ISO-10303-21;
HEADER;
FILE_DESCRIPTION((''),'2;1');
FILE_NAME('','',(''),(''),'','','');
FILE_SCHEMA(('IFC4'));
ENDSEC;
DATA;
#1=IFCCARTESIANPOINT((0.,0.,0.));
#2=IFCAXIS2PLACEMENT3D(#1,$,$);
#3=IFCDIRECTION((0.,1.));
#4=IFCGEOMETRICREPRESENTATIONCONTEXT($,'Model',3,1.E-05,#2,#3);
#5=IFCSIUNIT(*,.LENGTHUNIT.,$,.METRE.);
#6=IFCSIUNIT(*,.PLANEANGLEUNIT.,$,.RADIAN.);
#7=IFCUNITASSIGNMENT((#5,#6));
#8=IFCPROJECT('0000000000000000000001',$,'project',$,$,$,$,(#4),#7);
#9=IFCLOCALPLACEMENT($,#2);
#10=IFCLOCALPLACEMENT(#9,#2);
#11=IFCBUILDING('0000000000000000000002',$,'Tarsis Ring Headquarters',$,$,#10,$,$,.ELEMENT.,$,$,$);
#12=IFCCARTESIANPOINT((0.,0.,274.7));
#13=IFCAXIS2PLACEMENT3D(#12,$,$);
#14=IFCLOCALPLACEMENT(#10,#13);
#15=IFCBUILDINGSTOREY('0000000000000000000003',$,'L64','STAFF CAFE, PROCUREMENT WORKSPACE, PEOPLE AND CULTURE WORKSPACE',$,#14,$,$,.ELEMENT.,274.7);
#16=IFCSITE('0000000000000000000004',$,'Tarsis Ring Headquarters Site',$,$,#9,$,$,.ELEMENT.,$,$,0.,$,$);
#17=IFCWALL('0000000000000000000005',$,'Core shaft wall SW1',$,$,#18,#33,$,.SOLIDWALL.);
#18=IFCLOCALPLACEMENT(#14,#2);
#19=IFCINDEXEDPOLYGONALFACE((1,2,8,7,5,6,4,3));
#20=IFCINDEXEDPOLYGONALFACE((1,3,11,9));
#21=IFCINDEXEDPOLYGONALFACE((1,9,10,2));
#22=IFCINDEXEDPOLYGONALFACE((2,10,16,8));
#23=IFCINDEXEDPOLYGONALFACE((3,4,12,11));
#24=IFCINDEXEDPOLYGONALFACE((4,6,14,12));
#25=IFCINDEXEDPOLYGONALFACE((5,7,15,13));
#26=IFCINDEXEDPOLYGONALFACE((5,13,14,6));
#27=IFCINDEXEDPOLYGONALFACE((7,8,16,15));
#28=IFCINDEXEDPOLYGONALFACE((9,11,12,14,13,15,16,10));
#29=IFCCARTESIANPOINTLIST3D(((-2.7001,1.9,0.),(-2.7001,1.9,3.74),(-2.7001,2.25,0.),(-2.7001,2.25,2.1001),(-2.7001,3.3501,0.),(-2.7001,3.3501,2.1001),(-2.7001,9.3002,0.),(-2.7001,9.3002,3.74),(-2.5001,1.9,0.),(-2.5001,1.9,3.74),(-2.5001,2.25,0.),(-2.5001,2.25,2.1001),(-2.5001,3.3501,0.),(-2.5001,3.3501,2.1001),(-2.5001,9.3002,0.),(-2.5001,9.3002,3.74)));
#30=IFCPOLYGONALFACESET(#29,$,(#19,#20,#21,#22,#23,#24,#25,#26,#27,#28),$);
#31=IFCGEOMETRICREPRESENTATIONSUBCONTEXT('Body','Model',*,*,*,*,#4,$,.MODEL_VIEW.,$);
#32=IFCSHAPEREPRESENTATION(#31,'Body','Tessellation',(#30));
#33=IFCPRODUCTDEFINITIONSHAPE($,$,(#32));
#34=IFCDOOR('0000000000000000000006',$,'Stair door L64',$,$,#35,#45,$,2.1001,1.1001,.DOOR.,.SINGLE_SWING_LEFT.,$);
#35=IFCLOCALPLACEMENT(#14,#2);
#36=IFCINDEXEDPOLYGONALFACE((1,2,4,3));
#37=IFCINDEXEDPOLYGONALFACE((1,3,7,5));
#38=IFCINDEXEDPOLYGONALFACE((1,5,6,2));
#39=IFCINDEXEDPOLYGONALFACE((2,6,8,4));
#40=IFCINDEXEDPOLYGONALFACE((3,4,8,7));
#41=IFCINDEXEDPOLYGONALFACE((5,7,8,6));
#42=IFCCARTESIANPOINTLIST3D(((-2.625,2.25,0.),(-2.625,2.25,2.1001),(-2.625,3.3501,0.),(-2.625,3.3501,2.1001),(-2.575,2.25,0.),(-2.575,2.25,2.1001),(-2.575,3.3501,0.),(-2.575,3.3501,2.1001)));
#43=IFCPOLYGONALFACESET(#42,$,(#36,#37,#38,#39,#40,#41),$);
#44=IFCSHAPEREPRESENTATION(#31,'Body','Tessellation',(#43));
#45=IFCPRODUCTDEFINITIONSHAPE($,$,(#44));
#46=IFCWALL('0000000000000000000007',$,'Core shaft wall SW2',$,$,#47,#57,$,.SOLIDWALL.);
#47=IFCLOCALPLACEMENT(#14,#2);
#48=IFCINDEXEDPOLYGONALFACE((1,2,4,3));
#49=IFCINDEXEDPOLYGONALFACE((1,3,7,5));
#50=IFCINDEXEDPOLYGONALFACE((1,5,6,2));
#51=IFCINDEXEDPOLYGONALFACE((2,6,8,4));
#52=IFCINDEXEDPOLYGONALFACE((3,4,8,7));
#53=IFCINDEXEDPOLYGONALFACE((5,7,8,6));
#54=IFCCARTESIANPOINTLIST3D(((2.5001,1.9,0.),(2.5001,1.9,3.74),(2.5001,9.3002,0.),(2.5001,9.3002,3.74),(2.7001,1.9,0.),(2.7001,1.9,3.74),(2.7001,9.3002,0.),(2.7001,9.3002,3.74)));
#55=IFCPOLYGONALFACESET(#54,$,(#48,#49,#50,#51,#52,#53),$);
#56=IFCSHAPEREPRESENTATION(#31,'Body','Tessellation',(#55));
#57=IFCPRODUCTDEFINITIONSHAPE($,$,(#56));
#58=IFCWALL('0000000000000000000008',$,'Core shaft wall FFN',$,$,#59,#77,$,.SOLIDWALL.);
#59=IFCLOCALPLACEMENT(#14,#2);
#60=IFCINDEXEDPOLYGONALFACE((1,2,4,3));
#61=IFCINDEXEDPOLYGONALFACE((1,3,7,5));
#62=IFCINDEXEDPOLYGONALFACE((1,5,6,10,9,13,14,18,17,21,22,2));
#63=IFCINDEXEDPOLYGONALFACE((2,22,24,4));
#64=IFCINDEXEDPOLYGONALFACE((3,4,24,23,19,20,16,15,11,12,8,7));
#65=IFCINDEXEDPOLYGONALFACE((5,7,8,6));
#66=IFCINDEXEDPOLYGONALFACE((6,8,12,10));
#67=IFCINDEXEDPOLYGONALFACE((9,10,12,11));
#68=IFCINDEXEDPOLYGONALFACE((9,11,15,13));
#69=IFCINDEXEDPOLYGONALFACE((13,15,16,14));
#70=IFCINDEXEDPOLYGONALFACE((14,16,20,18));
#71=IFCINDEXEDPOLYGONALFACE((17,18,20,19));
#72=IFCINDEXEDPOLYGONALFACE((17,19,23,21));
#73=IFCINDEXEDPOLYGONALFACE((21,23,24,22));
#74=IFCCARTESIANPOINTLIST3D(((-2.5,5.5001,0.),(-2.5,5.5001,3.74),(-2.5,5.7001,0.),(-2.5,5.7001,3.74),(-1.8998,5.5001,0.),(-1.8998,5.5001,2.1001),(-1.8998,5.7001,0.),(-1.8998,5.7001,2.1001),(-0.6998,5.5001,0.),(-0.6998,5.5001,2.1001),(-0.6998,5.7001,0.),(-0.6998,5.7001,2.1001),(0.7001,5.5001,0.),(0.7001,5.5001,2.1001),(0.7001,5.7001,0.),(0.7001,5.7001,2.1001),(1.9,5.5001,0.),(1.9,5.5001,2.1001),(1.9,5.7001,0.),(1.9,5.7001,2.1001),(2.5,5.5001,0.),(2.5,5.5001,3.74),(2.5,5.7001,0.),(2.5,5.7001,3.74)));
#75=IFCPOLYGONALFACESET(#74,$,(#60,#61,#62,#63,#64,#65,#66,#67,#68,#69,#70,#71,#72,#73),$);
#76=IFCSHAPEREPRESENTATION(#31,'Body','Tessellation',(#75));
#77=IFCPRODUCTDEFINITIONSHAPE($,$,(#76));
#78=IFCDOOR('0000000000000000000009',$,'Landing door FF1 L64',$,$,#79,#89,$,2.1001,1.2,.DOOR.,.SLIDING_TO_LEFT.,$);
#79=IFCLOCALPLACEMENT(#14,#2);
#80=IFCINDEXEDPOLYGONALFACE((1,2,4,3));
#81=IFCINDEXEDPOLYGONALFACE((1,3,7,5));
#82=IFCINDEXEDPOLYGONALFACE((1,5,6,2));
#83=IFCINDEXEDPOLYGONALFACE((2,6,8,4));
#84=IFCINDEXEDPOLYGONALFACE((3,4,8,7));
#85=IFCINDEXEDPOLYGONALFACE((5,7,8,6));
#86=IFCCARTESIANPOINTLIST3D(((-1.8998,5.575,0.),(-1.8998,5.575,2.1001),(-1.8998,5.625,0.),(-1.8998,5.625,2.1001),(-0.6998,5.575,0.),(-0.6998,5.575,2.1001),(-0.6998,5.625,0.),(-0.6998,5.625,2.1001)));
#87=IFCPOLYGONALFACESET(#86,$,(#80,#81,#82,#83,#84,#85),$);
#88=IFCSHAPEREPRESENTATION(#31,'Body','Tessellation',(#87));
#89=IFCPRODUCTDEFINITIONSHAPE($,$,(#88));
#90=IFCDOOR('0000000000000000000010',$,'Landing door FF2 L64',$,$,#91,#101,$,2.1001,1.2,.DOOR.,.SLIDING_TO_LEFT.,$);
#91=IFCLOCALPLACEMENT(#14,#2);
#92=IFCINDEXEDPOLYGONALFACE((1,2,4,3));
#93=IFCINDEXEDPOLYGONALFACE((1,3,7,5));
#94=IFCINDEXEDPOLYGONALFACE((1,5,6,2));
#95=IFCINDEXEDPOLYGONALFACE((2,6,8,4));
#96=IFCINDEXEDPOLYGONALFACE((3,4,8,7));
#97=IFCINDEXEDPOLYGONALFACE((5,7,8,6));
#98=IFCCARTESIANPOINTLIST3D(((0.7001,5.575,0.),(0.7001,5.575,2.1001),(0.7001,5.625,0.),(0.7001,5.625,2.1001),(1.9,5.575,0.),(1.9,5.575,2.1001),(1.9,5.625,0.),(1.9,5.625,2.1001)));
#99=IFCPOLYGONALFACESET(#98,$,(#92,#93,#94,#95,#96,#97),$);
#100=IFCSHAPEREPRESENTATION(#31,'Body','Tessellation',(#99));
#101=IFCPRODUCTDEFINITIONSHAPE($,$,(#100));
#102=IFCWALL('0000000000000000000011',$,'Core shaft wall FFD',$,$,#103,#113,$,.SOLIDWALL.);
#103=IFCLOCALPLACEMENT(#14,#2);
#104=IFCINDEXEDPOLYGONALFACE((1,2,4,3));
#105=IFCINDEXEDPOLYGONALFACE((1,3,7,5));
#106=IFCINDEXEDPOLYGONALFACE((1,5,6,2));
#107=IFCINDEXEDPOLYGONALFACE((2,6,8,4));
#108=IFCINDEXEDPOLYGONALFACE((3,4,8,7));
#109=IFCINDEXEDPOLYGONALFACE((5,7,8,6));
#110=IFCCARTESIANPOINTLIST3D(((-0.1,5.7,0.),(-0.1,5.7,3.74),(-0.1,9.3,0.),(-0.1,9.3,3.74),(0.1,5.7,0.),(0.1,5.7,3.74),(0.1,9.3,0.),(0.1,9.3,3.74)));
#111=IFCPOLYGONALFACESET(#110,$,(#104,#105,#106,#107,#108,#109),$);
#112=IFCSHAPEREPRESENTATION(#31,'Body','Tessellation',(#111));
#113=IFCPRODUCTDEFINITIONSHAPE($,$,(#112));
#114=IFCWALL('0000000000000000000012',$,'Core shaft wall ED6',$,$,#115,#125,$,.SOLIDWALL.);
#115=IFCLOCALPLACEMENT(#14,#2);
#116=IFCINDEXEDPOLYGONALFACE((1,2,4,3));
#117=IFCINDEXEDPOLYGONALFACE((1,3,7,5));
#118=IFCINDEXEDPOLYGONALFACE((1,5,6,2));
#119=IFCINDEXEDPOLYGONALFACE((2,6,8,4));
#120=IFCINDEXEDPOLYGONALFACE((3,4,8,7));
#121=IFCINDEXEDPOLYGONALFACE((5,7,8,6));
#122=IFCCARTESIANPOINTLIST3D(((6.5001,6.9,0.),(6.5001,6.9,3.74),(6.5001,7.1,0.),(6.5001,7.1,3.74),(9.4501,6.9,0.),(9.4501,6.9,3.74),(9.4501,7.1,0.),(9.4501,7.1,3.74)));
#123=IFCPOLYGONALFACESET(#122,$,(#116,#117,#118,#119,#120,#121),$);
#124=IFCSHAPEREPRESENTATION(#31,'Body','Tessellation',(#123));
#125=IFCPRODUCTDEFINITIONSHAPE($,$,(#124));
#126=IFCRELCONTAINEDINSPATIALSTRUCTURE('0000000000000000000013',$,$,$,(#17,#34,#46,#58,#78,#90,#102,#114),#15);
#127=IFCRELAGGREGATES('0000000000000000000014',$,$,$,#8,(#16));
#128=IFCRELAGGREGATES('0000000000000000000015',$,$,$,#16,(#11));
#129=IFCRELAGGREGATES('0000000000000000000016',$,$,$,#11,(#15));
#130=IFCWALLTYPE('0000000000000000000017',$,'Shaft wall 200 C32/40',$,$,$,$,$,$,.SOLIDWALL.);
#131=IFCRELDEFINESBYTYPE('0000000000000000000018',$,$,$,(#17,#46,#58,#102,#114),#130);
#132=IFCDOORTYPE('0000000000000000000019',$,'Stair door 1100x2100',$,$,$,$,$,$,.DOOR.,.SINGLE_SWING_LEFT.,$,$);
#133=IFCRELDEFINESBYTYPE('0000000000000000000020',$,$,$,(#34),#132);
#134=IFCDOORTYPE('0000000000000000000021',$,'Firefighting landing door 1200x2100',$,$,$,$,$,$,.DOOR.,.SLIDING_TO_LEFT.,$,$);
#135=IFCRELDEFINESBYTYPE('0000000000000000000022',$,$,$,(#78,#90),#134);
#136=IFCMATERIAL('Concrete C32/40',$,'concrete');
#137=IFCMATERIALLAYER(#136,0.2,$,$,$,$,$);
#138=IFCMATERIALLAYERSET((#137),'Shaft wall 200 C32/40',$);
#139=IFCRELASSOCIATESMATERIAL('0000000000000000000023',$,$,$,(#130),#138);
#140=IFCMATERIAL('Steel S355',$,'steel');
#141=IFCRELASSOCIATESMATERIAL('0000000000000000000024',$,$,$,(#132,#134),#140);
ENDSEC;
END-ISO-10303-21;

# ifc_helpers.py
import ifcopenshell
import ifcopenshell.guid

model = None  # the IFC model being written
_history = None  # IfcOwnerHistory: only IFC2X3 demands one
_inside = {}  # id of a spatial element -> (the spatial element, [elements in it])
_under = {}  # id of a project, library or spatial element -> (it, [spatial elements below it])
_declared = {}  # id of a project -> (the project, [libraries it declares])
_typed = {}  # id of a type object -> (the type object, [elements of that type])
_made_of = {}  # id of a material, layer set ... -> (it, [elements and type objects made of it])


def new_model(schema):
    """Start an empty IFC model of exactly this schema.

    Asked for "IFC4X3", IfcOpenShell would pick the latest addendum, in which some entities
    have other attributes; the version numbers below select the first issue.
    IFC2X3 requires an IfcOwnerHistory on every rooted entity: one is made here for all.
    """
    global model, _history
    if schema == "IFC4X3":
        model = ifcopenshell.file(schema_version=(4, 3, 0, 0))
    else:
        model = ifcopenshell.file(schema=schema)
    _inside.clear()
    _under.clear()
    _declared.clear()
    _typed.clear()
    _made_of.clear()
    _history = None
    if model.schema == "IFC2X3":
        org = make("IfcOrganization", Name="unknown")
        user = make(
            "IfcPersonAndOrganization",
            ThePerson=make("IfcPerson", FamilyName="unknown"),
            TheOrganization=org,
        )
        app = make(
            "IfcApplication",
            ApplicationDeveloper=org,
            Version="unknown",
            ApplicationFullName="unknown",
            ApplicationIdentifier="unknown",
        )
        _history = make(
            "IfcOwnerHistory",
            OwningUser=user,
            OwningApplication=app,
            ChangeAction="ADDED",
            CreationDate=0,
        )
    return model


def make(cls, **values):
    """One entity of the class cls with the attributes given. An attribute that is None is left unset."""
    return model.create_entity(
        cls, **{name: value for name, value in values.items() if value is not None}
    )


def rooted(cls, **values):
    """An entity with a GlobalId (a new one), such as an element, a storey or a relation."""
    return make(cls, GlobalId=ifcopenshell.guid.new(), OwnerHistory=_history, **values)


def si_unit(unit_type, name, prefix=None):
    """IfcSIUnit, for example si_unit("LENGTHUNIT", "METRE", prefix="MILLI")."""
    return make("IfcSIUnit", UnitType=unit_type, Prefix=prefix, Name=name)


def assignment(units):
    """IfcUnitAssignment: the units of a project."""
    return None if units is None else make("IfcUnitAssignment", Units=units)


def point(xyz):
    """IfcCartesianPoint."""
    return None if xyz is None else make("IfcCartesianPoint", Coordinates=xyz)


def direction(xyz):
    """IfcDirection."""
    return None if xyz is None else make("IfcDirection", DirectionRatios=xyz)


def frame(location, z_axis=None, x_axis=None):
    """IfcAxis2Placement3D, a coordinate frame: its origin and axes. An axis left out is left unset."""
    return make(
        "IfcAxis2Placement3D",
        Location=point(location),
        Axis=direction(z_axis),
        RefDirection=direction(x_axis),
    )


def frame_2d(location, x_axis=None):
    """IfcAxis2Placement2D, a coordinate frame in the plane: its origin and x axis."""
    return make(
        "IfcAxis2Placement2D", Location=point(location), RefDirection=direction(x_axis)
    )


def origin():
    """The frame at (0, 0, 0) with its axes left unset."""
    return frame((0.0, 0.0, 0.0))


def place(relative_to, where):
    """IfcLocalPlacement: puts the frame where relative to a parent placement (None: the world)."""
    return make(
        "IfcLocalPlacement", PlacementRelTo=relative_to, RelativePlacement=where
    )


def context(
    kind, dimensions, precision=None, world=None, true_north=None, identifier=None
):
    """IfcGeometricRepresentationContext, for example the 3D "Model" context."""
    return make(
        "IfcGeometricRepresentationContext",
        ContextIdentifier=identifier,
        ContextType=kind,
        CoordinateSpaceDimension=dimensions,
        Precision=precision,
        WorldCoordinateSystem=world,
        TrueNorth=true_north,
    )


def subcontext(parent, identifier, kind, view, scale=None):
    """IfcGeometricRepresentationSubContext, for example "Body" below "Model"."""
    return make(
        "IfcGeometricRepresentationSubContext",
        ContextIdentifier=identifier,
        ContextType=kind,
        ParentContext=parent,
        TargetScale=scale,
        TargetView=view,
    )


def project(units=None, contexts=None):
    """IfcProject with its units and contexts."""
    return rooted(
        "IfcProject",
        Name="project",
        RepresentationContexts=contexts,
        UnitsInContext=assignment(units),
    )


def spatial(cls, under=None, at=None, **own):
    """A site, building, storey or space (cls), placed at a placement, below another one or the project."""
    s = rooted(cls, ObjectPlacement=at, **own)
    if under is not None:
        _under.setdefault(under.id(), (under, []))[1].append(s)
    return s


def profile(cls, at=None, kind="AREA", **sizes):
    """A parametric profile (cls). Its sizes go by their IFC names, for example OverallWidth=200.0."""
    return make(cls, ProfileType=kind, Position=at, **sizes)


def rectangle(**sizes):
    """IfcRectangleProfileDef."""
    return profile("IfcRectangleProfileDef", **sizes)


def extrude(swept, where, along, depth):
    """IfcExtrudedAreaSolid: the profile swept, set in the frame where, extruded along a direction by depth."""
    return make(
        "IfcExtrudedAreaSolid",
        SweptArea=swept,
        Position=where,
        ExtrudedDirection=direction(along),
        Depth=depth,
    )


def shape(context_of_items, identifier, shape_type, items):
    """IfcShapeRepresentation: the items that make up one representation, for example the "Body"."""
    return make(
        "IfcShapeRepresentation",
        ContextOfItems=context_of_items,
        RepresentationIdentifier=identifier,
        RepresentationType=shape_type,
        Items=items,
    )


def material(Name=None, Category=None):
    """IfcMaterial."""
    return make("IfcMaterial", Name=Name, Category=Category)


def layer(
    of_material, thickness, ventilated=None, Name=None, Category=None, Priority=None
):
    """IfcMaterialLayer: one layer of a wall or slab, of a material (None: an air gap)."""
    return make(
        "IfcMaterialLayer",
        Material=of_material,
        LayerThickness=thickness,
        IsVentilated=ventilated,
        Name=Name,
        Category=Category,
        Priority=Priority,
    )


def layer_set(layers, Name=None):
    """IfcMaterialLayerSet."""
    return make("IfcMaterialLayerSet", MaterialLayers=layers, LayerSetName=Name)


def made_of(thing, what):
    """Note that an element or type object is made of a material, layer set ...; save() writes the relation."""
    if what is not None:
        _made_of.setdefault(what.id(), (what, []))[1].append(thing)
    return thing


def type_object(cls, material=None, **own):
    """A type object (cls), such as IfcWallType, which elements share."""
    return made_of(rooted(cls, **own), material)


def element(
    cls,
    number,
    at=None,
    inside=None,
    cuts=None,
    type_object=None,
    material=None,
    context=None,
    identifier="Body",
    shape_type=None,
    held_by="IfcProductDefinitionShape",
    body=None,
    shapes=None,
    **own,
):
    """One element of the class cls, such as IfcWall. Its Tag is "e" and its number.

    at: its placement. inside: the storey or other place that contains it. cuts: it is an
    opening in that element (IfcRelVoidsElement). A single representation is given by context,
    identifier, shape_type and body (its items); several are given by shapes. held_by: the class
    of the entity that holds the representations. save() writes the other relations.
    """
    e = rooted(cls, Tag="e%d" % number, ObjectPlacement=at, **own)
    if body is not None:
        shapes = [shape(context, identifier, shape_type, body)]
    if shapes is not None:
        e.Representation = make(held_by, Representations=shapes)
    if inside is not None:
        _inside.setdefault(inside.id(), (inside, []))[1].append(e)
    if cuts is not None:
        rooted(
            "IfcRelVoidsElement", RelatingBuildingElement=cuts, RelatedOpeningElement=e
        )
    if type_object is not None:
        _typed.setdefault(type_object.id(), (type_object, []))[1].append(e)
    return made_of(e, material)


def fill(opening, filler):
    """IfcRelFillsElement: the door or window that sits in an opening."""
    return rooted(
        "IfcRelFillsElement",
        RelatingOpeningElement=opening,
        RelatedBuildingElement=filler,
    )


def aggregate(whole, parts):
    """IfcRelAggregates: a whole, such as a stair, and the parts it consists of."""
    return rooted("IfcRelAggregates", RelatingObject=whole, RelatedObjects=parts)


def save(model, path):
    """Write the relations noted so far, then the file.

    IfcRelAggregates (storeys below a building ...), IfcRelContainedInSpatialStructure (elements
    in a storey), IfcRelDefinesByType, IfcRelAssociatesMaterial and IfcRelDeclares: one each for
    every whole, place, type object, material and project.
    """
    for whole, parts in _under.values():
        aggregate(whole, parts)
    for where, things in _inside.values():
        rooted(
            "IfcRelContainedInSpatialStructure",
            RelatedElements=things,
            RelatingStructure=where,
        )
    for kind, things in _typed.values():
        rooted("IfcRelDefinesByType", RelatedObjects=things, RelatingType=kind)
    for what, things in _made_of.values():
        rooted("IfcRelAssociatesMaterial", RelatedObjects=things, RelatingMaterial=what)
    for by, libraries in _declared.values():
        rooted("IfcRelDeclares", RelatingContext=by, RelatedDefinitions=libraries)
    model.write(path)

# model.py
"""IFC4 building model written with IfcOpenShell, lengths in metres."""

from ifc_helpers import new_model, si_unit, direction, frame, frame_2d, origin, place, context, subcontext, project, spatial, rectangle, extrude, material, layer, layer_set, type_object, element, fill, save


model = new_model("IFC4")

# Units and contexts
model_context = context("Model", 3, precision=1e-05, world=origin(), true_north=direction((0.0, 1.0)))
body_context = subcontext(model_context, "Body", "Model", "MODEL_VIEW")
ifc_project = project(units=[si_unit("LENGTHUNIT", "METRE"), si_unit("PLANEANGLEUNIT", "RADIAN")], contexts=[model_context])

# Site, building, storey
site_placement = place(None, origin())
site = spatial("IfcSite", under=ifc_project, at=site_placement, Name="Tarsis Ring Headquarters Site", CompositionType="ELEMENT", RefElevation=0.0)
building_placement = place(site_placement, origin())
building = spatial("IfcBuilding", under=site, at=building_placement, Name="Tarsis Ring Headquarters", CompositionType="ELEMENT")
storey_placement = place(building_placement, frame((0.0, 0.0, 274.7)))
storey = spatial("IfcBuildingStorey", under=building, at=storey_placement, Name="L64", Description="STAFF CAFE, PROCUREMENT WORKSPACE, PEOPLE AND CULTURE WORKSPACE", CompositionType="ELEMENT", Elevation=274.7)

# Shared definitions
ifc_material_1 = material(Name="Concrete C32/40", Category="concrete")
ifc_layer_1 = layer(ifc_material_1, 0.2)
ifc_layer_set_1 = layer_set([ifc_layer_1], Name="Shaft wall 200 C32/40")
wall_type_1 = type_object("IfcWallType", Name="Shaft wall 200 C32/40", PredefinedType="SOLIDWALL", material=ifc_layer_set_1)

# Wall, opening, door
wall_1_placement = place(storey_placement, frame((-2.6001, 1.8999, 0.0), z_axis=(0.0, 0.0, 1.0), x_axis=(0.0, 1.0, 0.0)))
wall_1 = element("IfcWall", 1, at=wall_1_placement, inside=storey, type_object=wall_type_1, Name="Core shaft wall SW1", PredefinedType="SOLIDWALL", context=body_context, shape_type="SweptSolid", body=[
    extrude(rectangle(XDim=7.4001, YDim=0.2, at=frame_2d((3.7002, 0.0))), origin(), (0.0, 0.0, 1.0), 3.74),
])
opening_1_placement = place(wall_1_placement, frame((0.3501, 0.0, 0.0)))
opening_1 = element("IfcOpeningElement", 2, at=opening_1_placement, cuts=wall_1, PredefinedType="OPENING", context=body_context, shape_type="SweptSolid", body=[
    extrude(rectangle(XDim=1.1001, YDim=2.1001, at=frame_2d((0.55, 1.05))), frame((0.0, 0.1099, 0.0), z_axis=(0.0, -1.0, 0.0), x_axis=(1.0, 0.0, 0.0)), (0.0, 0.0, 1.0), 0.22),
])
ifc_material_2 = material(Name="Steel S355", Category="steel")
door_type_1 = type_object("IfcDoorType", Name="Stair door 1100x2100", OperationType="SINGLE_SWING_LEFT", PredefinedType="DOOR", material=ifc_material_2)
door_1_placement = place(opening_1_placement, origin())
door_1 = element("IfcDoor", 3, at=door_1_placement, inside=storey, type_object=door_type_1, Name="Stair door L64", OperationType="SINGLE_SWING_LEFT", OverallHeight=2.1001, OverallWidth=1.1001, PredefinedType="DOOR", context=body_context, shape_type="SweptSolid", body=[
    extrude(rectangle(XDim=1.1001, YDim=2.1001, at=frame_2d((0.55, 1.05))), frame((0.0, 0.0249, 0.0), z_axis=(0.0, -1.0, 0.0), x_axis=(1.0, 0.0, 0.0)), (0.0, 0.0, 1.0), 0.05),
])
fill(opening_1, door_1)

# Wall
wall_2_placement = place(storey_placement, frame((2.6001, 1.8999, 0.0), z_axis=(0.0, 0.0, 1.0), x_axis=(0.0, 1.0, 0.0)))
element("IfcWall", 4, at=wall_2_placement, inside=storey, type_object=wall_type_1, Name="Core shaft wall SW2", PredefinedType="SOLIDWALL", context=body_context, shape_type="SweptSolid", body=[
    extrude(rectangle(XDim=7.4001, YDim=0.2, at=frame_2d((3.7002, 0.0))), origin(), (0.0, 0.0, 1.0), 3.74),
])

# Wall, openings, doors
wall_3_placement = place(storey_placement, frame((-2.5, 5.6001, 0.0), z_axis=(0.0, 0.0, 1.0), x_axis=(1.0, 0.0, 0.0)))
wall_3 = element("IfcWall", 5, at=wall_3_placement, inside=storey, type_object=wall_type_1, Name="Core shaft wall FFN", PredefinedType="SOLIDWALL", context=body_context, shape_type="SweptSolid", body=[
    extrude(rectangle(XDim=5.0, YDim=0.2, at=frame_2d((2.5, 0.0))), origin(), (0.0, 0.0, 1.0), 3.74),
])
opening_2_placement = place(wall_3_placement, frame((0.6001, 0.0, 0.0)))
opening_2 = element("IfcOpeningElement", 6, at=opening_2_placement, cuts=wall_3, PredefinedType="OPENING", context=body_context, shape_type="SweptSolid", body=[
    extrude(rectangle(XDim=1.2, YDim=2.1001, at=frame_2d((0.6001, 1.05))), frame((0.0, 0.1099, 0.0), z_axis=(0.0, -1.0, 0.0), x_axis=(1.0, 0.0, 0.0)), (0.0, 0.0, 1.0), 0.22),
])
opening_3_placement = place(wall_3_placement, frame((3.2, 0.0, 0.0)))
opening_3 = element("IfcOpeningElement", 7, at=opening_3_placement, cuts=wall_3, PredefinedType="OPENING", context=body_context, shape_type="SweptSolid", body=[
    extrude(rectangle(XDim=1.2, YDim=2.1001, at=frame_2d((0.6001, 1.05))), frame((0.0, 0.1099, 0.0), z_axis=(0.0, -1.0, 0.0), x_axis=(1.0, 0.0, 0.0)), (0.0, 0.0, 1.0), 0.22),
])
door_type_2 = type_object("IfcDoorType", Name="Firefighting landing door 1200x2100", OperationType="SLIDING_TO_LEFT", PredefinedType="DOOR", material=ifc_material_2)
door_2_placement = place(opening_2_placement, origin())
door_2 = element("IfcDoor", 8, at=door_2_placement, inside=storey, type_object=door_type_2, Name="Landing door FF1 L64", OperationType="SLIDING_TO_LEFT", OverallHeight=2.1001, OverallWidth=1.2, PredefinedType="DOOR", context=body_context, shape_type="SweptSolid", body=[
    extrude(rectangle(XDim=1.2, YDim=2.1001, at=frame_2d((0.6001, 1.05))), frame((0.0, 0.0249, 0.0), z_axis=(0.0, -1.0, 0.0), x_axis=(1.0, 0.0, 0.0)), (0.0, 0.0, 1.0), 0.05),
])
fill(opening_2, door_2)
door_3_placement = place(opening_3_placement, origin())
door_3 = element("IfcDoor", 9, at=door_3_placement, inside=storey, type_object=door_type_2, Name="Landing door FF2 L64", OperationType="SLIDING_TO_LEFT", OverallHeight=2.1001, OverallWidth=1.2, PredefinedType="DOOR", context=body_context, shape_type="SweptSolid", body=[
    extrude(rectangle(XDim=1.2, YDim=2.1001, at=frame_2d((0.6001, 1.05))), frame((0.0, 0.0249, 0.0), z_axis=(0.0, -1.0, 0.0), x_axis=(1.0, 0.0, 0.0)), (0.0, 0.0, 1.0), 0.05),
])
fill(opening_3, door_3)

# Walls
wall_4_placement = place(storey_placement, frame((0.0, 5.7, 0.0), z_axis=(0.0, 0.0, 1.0), x_axis=(0.0, 1.0, 0.0)))
element("IfcWall", 10, at=wall_4_placement, inside=storey, type_object=wall_type_1, Name="Core shaft wall FFD", PredefinedType="SOLIDWALL", context=body_context, shape_type="SweptSolid", body=[
    extrude(rectangle(XDim=3.6001, YDim=0.2, at=frame_2d((1.8, 0.0))), origin(), (0.0, 0.0, 1.0), 3.74),
])
wall_5_placement = place(storey_placement, frame((6.5, 7.0, 0.0), z_axis=(0.0, 0.0, 1.0), x_axis=(1.0, 0.0, 0.0)))
element("IfcWall", 11, at=wall_5_placement, inside=storey, type_object=wall_type_1, Name="Core shaft wall ED6", PredefinedType="SOLIDWALL", context=body_context, shape_type="SweptSolid", body=[
    extrude(rectangle(XDim=2.95, YDim=0.2, at=frame_2d((1.4751, 0.0))), origin(), (0.0, 0.0, 1.0), 3.74),
])

save(model, "model.ifc")
